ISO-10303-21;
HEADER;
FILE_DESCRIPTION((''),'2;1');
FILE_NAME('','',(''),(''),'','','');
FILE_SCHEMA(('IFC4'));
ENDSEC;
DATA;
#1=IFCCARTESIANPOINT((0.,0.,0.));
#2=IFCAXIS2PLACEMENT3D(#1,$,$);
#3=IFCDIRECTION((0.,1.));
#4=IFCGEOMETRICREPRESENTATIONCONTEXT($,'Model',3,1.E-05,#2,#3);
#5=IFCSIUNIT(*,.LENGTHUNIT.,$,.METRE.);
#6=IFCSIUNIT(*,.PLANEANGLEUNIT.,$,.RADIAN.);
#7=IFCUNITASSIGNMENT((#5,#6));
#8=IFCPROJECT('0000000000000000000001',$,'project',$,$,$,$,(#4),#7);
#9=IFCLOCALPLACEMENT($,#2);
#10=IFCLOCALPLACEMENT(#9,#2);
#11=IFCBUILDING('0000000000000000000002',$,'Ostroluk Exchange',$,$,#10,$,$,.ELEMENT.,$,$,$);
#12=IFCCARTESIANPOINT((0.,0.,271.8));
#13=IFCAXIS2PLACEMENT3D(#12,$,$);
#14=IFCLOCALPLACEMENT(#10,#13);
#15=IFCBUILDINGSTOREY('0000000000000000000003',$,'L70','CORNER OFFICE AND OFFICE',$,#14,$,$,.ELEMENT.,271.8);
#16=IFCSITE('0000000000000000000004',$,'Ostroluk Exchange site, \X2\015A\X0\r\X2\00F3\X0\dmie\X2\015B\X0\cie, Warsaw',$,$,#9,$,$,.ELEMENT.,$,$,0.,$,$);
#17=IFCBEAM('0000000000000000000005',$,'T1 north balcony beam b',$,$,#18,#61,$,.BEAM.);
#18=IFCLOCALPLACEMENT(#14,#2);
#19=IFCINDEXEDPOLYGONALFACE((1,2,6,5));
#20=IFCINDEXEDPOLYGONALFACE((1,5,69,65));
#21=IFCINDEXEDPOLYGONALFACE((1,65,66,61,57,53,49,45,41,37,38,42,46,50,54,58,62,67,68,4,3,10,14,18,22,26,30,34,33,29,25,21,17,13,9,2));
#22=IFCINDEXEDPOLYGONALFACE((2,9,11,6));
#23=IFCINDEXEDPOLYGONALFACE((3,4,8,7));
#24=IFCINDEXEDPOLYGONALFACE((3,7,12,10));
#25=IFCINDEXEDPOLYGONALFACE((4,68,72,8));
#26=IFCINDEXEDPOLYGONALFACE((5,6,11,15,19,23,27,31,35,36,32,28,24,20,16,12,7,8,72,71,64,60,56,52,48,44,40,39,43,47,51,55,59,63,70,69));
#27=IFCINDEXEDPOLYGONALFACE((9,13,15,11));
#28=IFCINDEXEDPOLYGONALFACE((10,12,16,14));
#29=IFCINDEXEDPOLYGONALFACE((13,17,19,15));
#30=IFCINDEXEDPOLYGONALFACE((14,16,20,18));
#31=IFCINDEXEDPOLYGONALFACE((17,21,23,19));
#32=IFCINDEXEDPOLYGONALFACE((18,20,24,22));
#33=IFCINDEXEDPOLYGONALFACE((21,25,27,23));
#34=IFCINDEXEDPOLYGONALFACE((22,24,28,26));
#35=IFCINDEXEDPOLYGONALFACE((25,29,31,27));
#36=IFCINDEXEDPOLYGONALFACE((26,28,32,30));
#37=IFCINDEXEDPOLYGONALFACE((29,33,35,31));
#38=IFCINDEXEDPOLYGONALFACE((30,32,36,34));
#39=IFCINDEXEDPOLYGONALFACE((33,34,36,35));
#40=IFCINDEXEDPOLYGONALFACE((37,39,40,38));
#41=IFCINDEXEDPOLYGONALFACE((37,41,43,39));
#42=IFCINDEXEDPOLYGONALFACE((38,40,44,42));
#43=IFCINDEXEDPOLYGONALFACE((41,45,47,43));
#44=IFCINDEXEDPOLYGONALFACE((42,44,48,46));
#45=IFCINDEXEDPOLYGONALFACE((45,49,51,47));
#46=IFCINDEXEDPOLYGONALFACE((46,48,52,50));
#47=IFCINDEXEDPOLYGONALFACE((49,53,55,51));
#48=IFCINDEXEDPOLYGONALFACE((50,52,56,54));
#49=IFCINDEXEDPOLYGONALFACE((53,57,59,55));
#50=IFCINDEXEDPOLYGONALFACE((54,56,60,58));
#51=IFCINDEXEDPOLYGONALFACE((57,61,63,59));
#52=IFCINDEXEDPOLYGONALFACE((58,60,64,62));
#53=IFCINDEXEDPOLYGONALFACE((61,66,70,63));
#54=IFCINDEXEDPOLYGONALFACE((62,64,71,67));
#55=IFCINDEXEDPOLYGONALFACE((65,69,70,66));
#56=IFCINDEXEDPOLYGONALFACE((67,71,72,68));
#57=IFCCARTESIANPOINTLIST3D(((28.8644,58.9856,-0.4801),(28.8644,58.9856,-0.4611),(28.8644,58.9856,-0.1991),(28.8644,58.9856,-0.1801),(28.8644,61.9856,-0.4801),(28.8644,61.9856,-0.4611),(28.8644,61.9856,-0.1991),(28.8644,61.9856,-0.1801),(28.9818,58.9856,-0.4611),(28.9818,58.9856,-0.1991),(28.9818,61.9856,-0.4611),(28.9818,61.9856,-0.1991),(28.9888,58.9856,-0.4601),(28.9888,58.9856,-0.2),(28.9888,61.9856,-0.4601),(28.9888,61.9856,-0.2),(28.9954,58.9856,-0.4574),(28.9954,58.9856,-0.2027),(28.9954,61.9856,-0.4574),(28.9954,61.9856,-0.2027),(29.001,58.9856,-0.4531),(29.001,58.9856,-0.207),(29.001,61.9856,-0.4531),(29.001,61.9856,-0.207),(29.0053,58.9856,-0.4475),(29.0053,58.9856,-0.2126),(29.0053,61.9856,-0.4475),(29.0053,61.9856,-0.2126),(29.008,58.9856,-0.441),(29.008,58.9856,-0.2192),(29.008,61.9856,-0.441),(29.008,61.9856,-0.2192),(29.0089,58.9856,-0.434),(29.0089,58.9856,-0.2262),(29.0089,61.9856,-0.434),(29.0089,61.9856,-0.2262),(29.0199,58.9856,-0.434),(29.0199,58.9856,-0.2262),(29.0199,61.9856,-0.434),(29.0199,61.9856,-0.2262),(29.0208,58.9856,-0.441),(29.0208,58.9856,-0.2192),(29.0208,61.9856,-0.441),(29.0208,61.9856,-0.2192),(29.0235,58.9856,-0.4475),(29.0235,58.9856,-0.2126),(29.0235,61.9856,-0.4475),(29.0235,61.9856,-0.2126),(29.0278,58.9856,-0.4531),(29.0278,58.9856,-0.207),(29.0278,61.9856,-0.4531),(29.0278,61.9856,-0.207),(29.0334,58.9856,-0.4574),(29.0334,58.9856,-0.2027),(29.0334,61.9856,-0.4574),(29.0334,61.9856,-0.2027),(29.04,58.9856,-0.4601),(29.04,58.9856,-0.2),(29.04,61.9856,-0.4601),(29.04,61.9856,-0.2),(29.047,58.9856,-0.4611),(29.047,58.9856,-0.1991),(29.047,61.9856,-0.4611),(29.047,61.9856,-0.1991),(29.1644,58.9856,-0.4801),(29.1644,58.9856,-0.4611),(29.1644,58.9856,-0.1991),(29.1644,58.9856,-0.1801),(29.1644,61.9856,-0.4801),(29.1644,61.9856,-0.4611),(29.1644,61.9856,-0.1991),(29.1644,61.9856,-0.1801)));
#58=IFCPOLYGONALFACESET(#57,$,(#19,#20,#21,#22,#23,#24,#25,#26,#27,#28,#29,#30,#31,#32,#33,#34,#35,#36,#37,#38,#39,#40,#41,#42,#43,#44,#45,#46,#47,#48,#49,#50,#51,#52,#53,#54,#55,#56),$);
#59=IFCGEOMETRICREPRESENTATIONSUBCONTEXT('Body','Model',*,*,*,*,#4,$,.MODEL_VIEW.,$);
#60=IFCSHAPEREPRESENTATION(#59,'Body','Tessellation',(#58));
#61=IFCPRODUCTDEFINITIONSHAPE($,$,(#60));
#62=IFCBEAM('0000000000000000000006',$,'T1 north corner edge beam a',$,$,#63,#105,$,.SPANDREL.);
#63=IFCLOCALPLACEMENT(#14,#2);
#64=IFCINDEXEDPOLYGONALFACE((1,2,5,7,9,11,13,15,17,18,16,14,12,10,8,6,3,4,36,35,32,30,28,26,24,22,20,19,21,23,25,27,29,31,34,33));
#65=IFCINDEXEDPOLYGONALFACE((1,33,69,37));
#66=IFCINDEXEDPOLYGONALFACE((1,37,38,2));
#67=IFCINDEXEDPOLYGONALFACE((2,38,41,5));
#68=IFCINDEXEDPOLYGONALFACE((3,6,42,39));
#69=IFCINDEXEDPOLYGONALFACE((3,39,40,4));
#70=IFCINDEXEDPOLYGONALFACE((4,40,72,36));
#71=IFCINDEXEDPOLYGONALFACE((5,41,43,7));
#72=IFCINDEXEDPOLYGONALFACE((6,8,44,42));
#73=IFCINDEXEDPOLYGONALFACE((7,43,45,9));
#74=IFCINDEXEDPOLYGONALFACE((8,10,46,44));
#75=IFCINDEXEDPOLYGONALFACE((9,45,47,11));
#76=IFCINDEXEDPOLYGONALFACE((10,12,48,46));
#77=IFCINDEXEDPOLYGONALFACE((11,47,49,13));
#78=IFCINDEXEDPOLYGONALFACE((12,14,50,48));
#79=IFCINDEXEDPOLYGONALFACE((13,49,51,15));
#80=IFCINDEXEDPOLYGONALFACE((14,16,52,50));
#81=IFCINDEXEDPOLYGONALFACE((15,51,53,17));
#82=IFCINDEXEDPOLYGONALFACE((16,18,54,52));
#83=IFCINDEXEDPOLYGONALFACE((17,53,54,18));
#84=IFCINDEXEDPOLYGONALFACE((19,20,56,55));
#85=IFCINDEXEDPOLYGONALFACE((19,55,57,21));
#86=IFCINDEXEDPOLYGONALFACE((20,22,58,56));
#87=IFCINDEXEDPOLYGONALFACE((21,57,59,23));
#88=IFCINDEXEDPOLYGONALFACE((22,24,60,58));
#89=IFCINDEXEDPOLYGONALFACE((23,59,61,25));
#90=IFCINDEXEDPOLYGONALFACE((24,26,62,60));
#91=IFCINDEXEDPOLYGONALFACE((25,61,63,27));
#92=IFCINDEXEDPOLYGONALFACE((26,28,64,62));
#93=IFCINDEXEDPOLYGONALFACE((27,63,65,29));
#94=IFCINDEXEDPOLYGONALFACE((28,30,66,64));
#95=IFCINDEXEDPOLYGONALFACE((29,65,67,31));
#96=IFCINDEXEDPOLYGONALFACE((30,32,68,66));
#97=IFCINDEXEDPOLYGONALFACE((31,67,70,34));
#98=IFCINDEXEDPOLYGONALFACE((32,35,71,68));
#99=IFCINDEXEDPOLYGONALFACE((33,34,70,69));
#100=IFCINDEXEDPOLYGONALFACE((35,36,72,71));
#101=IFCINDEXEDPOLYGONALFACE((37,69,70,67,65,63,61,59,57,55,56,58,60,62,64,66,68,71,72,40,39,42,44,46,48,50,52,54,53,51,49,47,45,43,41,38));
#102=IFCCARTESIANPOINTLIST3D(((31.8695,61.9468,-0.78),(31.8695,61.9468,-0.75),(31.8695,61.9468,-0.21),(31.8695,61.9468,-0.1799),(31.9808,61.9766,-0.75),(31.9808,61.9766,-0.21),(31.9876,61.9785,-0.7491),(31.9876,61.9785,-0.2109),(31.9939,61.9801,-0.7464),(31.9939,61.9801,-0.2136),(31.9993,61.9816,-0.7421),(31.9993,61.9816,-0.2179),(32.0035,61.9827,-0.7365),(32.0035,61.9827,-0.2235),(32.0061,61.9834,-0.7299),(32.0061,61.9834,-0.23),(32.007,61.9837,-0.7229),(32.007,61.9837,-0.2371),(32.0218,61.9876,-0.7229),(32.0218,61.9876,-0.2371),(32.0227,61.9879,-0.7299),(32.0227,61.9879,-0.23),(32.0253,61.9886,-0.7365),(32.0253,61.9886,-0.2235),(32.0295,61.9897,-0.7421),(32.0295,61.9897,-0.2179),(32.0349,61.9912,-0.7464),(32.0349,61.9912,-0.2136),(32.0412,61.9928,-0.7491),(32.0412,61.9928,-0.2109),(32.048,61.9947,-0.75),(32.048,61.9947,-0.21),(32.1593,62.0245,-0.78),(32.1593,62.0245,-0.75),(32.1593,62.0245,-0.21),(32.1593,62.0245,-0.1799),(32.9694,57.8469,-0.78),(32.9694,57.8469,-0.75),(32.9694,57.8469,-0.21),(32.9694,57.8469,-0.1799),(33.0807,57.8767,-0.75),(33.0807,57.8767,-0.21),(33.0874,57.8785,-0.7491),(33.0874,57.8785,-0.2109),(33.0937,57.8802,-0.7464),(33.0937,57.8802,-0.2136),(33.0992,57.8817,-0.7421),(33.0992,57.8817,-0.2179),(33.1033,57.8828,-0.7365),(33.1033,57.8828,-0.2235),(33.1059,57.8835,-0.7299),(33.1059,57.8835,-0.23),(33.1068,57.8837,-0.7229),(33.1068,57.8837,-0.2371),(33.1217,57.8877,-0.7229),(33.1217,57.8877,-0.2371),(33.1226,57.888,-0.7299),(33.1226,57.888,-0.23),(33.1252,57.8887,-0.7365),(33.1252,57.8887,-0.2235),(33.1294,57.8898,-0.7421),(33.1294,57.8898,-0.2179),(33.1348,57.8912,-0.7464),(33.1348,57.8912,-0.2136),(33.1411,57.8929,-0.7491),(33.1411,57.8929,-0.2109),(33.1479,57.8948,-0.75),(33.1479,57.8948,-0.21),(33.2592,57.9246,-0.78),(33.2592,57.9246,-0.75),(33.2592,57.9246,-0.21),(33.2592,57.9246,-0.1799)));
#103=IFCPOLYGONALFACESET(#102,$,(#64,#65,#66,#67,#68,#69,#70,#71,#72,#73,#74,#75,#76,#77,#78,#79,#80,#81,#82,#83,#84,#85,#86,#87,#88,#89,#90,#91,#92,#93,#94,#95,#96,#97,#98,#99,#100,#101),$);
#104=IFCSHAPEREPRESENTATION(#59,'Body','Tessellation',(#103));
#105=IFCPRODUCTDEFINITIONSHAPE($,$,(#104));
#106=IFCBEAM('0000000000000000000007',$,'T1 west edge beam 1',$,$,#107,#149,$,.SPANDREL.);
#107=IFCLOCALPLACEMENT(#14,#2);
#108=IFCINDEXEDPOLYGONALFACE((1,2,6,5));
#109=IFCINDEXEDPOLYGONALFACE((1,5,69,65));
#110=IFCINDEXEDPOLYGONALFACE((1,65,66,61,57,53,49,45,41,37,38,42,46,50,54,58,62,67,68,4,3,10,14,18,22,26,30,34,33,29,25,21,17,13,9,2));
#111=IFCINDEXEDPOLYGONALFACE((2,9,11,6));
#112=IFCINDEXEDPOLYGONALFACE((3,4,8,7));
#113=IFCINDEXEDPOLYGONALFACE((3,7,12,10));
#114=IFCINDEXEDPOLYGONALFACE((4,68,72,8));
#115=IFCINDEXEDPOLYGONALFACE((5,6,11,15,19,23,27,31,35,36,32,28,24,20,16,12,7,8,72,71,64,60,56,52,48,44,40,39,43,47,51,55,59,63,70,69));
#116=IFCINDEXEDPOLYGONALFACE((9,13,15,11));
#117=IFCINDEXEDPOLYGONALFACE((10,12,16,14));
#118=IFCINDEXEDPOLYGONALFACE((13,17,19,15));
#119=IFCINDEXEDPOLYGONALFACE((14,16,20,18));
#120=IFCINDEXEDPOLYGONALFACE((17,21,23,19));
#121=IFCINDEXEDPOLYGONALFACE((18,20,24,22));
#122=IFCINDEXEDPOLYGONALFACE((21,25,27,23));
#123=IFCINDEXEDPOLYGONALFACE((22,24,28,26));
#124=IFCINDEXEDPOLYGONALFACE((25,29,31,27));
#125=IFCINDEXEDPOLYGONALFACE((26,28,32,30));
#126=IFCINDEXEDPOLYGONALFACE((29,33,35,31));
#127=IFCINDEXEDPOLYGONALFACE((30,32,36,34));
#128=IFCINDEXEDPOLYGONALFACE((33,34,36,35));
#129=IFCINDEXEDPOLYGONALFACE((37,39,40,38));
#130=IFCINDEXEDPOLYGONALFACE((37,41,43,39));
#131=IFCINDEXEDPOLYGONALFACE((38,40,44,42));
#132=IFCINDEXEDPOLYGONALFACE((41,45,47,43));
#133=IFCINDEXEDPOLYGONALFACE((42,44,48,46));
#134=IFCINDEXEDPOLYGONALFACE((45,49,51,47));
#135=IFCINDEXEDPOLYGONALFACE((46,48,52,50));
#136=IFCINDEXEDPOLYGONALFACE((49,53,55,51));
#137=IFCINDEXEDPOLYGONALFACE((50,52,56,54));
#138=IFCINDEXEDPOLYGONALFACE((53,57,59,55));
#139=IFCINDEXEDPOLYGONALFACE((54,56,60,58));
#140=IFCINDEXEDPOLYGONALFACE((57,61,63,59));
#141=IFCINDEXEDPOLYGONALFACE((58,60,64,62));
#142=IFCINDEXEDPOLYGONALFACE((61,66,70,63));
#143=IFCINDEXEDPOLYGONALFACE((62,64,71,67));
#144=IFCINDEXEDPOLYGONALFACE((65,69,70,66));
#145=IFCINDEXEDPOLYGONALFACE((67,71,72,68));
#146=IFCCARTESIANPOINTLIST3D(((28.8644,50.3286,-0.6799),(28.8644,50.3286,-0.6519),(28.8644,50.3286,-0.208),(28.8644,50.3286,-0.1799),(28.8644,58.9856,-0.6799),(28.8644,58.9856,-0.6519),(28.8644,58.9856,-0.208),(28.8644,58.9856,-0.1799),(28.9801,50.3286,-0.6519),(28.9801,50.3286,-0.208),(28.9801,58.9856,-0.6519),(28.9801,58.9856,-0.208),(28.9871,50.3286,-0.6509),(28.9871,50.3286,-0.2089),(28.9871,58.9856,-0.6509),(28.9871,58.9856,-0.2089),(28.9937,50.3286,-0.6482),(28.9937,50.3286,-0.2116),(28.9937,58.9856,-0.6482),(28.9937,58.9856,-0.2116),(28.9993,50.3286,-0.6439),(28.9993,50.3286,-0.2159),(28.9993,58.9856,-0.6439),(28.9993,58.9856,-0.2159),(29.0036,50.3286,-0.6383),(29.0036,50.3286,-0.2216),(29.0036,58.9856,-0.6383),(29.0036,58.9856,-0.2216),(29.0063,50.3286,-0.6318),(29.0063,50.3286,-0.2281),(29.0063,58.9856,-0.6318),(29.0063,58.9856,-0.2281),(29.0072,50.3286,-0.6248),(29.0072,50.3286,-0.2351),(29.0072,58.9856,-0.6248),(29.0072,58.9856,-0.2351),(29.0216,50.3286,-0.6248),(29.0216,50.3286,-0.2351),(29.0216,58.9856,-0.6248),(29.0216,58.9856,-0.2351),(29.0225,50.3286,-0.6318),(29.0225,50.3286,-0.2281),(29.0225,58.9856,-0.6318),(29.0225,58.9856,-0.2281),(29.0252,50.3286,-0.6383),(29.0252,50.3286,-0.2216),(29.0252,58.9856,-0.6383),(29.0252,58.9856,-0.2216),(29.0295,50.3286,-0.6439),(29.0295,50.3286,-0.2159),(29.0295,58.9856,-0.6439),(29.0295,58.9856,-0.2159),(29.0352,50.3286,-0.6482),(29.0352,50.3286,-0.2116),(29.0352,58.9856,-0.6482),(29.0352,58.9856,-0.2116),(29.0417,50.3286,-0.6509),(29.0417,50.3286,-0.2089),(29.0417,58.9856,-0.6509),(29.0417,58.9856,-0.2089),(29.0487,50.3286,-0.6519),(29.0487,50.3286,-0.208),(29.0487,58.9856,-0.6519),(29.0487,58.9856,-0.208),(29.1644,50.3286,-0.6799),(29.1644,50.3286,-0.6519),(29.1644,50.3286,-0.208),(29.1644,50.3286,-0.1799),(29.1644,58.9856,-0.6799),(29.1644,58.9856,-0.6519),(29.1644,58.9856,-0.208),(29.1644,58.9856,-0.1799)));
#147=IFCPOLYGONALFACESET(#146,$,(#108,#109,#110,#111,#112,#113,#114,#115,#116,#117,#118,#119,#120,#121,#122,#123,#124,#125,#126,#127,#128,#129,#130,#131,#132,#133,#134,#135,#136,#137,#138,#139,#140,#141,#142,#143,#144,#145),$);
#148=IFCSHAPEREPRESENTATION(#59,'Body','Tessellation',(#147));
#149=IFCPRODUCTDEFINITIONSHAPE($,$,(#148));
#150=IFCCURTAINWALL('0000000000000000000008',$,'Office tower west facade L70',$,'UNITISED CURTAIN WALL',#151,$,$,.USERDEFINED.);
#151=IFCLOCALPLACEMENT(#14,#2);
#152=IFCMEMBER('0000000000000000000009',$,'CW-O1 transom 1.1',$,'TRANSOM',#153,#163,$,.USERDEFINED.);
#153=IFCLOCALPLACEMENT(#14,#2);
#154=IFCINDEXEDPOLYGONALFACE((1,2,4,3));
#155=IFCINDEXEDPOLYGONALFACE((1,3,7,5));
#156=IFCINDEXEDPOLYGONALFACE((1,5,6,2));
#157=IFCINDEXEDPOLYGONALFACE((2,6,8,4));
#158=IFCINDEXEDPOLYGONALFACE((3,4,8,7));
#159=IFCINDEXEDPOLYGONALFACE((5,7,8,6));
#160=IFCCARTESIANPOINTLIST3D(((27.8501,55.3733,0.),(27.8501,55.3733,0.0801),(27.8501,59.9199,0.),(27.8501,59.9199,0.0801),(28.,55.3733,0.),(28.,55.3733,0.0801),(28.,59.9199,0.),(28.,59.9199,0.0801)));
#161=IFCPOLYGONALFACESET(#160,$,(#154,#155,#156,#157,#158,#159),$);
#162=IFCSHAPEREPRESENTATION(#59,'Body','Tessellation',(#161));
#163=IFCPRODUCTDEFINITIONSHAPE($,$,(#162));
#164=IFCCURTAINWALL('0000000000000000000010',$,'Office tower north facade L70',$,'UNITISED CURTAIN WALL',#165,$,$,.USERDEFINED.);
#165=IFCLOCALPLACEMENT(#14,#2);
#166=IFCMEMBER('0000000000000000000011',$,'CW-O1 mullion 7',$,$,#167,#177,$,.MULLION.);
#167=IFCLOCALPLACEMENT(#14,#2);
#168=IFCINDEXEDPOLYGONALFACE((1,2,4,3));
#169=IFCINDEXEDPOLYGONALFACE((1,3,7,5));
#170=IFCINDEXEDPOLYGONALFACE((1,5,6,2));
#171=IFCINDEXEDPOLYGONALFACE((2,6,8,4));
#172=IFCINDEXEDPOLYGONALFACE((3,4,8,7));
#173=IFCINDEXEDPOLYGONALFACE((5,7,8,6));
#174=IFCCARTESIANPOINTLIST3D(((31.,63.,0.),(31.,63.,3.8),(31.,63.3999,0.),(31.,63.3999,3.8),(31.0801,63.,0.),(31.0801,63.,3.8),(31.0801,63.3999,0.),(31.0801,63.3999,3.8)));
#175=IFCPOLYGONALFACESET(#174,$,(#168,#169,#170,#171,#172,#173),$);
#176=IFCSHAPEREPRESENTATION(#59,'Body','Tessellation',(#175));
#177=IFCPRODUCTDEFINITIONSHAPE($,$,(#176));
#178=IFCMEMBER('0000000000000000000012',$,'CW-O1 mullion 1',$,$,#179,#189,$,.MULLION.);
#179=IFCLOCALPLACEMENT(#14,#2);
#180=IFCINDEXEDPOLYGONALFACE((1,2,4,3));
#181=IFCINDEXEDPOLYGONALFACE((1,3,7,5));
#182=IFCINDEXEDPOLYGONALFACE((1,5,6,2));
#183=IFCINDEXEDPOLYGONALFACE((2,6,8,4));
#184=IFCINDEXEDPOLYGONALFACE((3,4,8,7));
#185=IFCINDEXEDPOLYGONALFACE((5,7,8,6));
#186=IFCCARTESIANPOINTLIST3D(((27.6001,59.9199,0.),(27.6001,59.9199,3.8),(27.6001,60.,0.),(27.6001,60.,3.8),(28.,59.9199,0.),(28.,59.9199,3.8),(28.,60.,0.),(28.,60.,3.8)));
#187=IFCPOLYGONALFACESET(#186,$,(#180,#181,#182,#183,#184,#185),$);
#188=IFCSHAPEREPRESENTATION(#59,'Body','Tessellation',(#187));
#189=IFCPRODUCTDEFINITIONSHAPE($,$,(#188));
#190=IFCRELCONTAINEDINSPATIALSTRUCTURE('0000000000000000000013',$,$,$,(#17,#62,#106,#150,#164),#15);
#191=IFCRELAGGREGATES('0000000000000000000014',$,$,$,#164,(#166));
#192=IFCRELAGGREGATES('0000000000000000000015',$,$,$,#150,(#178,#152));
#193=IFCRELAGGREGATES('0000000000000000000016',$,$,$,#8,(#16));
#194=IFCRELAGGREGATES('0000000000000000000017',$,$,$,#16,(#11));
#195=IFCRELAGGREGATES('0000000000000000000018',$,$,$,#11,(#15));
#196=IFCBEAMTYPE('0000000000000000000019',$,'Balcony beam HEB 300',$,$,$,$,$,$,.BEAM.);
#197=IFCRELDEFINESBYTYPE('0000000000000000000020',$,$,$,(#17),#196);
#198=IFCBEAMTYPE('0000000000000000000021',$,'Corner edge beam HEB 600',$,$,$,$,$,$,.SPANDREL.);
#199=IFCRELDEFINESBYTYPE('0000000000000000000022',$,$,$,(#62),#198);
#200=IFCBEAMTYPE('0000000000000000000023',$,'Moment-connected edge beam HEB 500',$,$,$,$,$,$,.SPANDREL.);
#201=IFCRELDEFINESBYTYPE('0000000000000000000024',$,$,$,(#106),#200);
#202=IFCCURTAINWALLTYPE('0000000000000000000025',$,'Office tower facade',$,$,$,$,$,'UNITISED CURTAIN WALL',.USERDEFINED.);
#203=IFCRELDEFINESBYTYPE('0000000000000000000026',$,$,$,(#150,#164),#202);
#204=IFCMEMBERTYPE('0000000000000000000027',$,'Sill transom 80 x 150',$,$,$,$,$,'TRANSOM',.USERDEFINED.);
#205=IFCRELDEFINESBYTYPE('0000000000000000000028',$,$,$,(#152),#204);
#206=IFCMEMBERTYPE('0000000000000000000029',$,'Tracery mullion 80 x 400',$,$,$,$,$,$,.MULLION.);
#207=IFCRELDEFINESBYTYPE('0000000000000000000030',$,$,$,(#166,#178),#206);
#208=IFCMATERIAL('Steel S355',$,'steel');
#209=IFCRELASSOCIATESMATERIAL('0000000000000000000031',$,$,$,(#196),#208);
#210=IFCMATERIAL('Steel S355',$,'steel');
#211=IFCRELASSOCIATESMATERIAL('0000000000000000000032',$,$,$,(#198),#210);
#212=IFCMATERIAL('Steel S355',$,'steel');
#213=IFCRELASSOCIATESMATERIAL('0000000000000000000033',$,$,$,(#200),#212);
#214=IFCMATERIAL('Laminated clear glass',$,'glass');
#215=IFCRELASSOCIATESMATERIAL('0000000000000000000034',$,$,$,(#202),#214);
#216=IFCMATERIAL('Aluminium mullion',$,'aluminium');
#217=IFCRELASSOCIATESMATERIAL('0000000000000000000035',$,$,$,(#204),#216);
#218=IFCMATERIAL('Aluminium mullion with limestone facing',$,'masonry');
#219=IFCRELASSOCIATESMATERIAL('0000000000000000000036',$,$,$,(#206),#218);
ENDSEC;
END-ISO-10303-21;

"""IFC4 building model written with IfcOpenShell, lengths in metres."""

from ifc_helpers import new_model, si_unit, direction, frame, origin, origin_2d, place, context, subcontext, project, spatial, rectangle, i_section, extrude, material, material_profile, profile_set, type_object, element, aggregate, save


model = new_model("IFC4")

# Units and contexts
model_context = context("Model", 3, precision=1e-05, world=origin(), true_north=direction((0.0, 1.0)))
body_context = subcontext(model_context, "Body", "Model", "MODEL_VIEW")
ifc_project = project(units=[si_unit("LENGTHUNIT", "METRE"), si_unit("PLANEANGLEUNIT", "RADIAN")], contexts=[model_context])

# Site, building, storey
site_placement = place(None, origin())
site = spatial("IfcSite", under=ifc_project, at=site_placement, Name="Ostroluk Exchange site, Śródmieście, Warsaw", CompositionType="ELEMENT", RefElevation=0.0)
building_placement = place(site_placement, origin())
building = spatial("IfcBuilding", under=site, at=building_placement, Name="Ostroluk Exchange", CompositionType="ELEMENT")
storey_placement = place(building_placement, frame((0.0, 0.0, 271.8)))
storey = spatial("IfcBuildingStorey", under=building, at=storey_placement, Name="L70", Description="CORNER OFFICE AND OFFICE", CompositionType="ELEMENT", Elevation=271.8)

# Beams
ifc_material_1 = material(Name="Steel S355", Category="steel")
ifc_material_profile_1 = material_profile(ifc_material_1, i_section(OverallWidth=0.3, OverallDepth=0.3, WebThickness=0.011, FlangeThickness=0.019, FilletRadius=0.0271, at=origin_2d()), Name="HEB 300")
ifc_profile_set_1 = profile_set([ifc_material_profile_1], Name="Steel S355")
beam_type_1 = type_object("IfcBeamType", Name="Balcony beam HEB 300", PredefinedType="BEAM", material=ifc_profile_set_1)
for number, where, z_axis, x_axis, name in (
    (1, (29.0144, 58.9856, -0.3301), (0.0, 1.0, 0.0), (-1.0, 0.0, 0.0), "T1 north balcony beam b"),
):
    element("IfcBeam", number, at=place(storey_placement, frame(where, z_axis=z_axis, x_axis=x_axis)), inside=storey, type_object=beam_type_1, Name=name, PredefinedType="BEAM", context=body_context, shape_type="SweptSolid", body=[
        extrude(i_section(OverallWidth=0.3, OverallDepth=0.3, WebThickness=0.011, FlangeThickness=0.019, FilletRadius=0.0271, at=origin_2d()), origin(), (0.0, 0.0, 1.0), 3.0),
    ])
ifc_material_2 = material(Name="Steel S355", Category="steel")
ifc_material_profile_2 = material_profile(ifc_material_2, i_section(OverallWidth=0.3, OverallDepth=0.6001, WebThickness=0.0154, FlangeThickness=0.03, FilletRadius=0.0271, at=origin_2d()), Name="HEB 600")
ifc_profile_set_2 = profile_set([ifc_material_profile_2], Name="Steel S355")
beam_type_2 = type_object("IfcBeamType", Name="Corner edge beam HEB 600", PredefinedType="SPANDREL", material=ifc_profile_set_2)
beam_1_placement = place(storey_placement, frame((33.1143, 57.8857, -0.48), z_axis=(-0.259105, 0.965849, 0.0), x_axis=(-0.965849, -0.259105, 0.0)))
element("IfcBeam", 2, at=beam_1_placement, inside=storey, type_object=beam_type_2, Name="T1 north corner edge beam a", PredefinedType="SPANDREL", context=body_context, shape_type="SweptSolid", body=[
    extrude(i_section(OverallWidth=0.3, OverallDepth=0.6001, WebThickness=0.0154, FlangeThickness=0.03, FilletRadius=0.0271, at=origin_2d()), origin(), (0.0, 0.0, 1.0), 4.2449),
])
ifc_material_3 = material(Name="Steel S355", Category="steel")
ifc_material_profile_3 = material_profile(ifc_material_3, i_section(OverallWidth=0.3, OverallDepth=0.5, WebThickness=0.0144, FlangeThickness=0.0281, FilletRadius=0.0271, at=origin_2d()), Name="HEB 500")
ifc_profile_set_3 = profile_set([ifc_material_profile_3], Name="Steel S355")
beam_type_3 = type_object("IfcBeamType", Name="Moment-connected edge beam HEB 500", PredefinedType="SPANDREL", material=ifc_profile_set_3)
beam_2_placement = place(storey_placement, frame((29.0144, 58.9856, -0.4299), z_axis=(0.0, -1.0, 0.0), x_axis=(1.0, 0.0, 0.0)))
element("IfcBeam", 3, at=beam_2_placement, inside=storey, type_object=beam_type_3, Name="T1 west edge beam 1", PredefinedType="SPANDREL", context=body_context, shape_type="SweptSolid", body=[
    extrude(i_section(OverallWidth=0.3, OverallDepth=0.5, WebThickness=0.0144, FlangeThickness=0.0281, FilletRadius=0.0271, at=origin_2d()), origin(), (0.0, 0.0, 1.0), 8.657),
])

# Curtain walls, members
ifc_material_4 = material(Name="Laminated clear glass", Category="glass")
curtain_wall_type = type_object("IfcCurtainWallType", Name="Office tower facade", ElementType="UNITISED CURTAIN WALL", PredefinedType="USERDEFINED", material=ifc_material_4)
curtain_wall_1_placement = place(storey_placement, origin())
curtain_wall_1 = element("IfcCurtainWall", 4, at=curtain_wall_1_placement, inside=storey, type_object=curtain_wall_type, Name="Office tower west facade L70", ObjectType="UNITISED CURTAIN WALL", PredefinedType="USERDEFINED")
ifc_material_5 = material(Name="Aluminium mullion", Category="aluminium")
ifc_material_profile_4 = material_profile(ifc_material_5, rectangle(XDim=0.1499, YDim=0.0801, at=origin_2d()), Name="Sill transom 80 x 150")
ifc_profile_set_4 = profile_set([ifc_material_profile_4], Name="Aluminium mullion")
member_type_1 = type_object("IfcMemberType", Name="Sill transom 80 x 150", ElementType="TRANSOM", PredefinedType="USERDEFINED", material=ifc_profile_set_4)
member_1_placement = place(storey_placement, frame((27.925, 59.9199, 0.04), z_axis=(0.0, -1.0, 0.0), x_axis=(1.0, 0.0, 0.0)))
member_1 = element("IfcMember", 5, at=member_1_placement, type_object=member_type_1, Name="CW-O1 transom 1.1", ObjectType="TRANSOM", PredefinedType="USERDEFINED", context=body_context, shape_type="SweptSolid", body=[
    extrude(rectangle(XDim=0.1499, YDim=0.0801, at=origin_2d()), origin(), (0.0, 0.0, 1.0), 4.5466),
])
curtain_wall_2_placement = place(storey_placement, origin())
curtain_wall_2 = element("IfcCurtainWall", 6, at=curtain_wall_2_placement, inside=storey, type_object=curtain_wall_type, Name="Office tower north facade L70", ObjectType="UNITISED CURTAIN WALL", PredefinedType="USERDEFINED")
ifc_material_6 = material(Name="Aluminium mullion with limestone facing", Category="masonry")
ifc_material_profile_5 = material_profile(ifc_material_6, rectangle(XDim=0.3999, YDim=0.0801, at=origin_2d()), Name="Tracery mullion 80 x 400")
ifc_profile_set_5 = profile_set([ifc_material_profile_5], Name="Aluminium mullion with limestone facing")
member_type_2 = type_object("IfcMemberType", Name="Tracery mullion 80 x 400", PredefinedType="MULLION", material=ifc_profile_set_5)
member_2_placement = place(storey_placement, frame((31.04, 63.2, 0.0), z_axis=(0.0, 0.0, 1.0), x_axis=(0.0, -1.0, 0.0)))
member_2 = element("IfcMember", 7, at=member_2_placement, type_object=member_type_2, Name="CW-O1 mullion 7", PredefinedType="MULLION", context=body_context, shape_type="SweptSolid", body=[
    extrude(rectangle(XDim=0.3999, YDim=0.0801, at=origin_2d()), origin(), (0.0, 0.0, 1.0), 3.8),
])
aggregate(curtain_wall_2, [member_2])

# Member
member_3_placement = place(storey_placement, frame((27.8, 59.96, 0.0), z_axis=(0.0, 0.0, 1.0), x_axis=(1.0, 0.0, 0.0)))
member_3 = element("IfcMember", 8, at=member_3_placement, type_object=member_type_2, Name="CW-O1 mullion 1", PredefinedType="MULLION", context=body_context, shape_type="SweptSolid", body=[
    extrude(rectangle(XDim=0.3999, YDim=0.0801, at=origin_2d()), origin(), (0.0, 0.0, 1.0), 3.8),
])

aggregate(curtain_wall_1, [member_3, member_1])

save(model, "model.ifc")
